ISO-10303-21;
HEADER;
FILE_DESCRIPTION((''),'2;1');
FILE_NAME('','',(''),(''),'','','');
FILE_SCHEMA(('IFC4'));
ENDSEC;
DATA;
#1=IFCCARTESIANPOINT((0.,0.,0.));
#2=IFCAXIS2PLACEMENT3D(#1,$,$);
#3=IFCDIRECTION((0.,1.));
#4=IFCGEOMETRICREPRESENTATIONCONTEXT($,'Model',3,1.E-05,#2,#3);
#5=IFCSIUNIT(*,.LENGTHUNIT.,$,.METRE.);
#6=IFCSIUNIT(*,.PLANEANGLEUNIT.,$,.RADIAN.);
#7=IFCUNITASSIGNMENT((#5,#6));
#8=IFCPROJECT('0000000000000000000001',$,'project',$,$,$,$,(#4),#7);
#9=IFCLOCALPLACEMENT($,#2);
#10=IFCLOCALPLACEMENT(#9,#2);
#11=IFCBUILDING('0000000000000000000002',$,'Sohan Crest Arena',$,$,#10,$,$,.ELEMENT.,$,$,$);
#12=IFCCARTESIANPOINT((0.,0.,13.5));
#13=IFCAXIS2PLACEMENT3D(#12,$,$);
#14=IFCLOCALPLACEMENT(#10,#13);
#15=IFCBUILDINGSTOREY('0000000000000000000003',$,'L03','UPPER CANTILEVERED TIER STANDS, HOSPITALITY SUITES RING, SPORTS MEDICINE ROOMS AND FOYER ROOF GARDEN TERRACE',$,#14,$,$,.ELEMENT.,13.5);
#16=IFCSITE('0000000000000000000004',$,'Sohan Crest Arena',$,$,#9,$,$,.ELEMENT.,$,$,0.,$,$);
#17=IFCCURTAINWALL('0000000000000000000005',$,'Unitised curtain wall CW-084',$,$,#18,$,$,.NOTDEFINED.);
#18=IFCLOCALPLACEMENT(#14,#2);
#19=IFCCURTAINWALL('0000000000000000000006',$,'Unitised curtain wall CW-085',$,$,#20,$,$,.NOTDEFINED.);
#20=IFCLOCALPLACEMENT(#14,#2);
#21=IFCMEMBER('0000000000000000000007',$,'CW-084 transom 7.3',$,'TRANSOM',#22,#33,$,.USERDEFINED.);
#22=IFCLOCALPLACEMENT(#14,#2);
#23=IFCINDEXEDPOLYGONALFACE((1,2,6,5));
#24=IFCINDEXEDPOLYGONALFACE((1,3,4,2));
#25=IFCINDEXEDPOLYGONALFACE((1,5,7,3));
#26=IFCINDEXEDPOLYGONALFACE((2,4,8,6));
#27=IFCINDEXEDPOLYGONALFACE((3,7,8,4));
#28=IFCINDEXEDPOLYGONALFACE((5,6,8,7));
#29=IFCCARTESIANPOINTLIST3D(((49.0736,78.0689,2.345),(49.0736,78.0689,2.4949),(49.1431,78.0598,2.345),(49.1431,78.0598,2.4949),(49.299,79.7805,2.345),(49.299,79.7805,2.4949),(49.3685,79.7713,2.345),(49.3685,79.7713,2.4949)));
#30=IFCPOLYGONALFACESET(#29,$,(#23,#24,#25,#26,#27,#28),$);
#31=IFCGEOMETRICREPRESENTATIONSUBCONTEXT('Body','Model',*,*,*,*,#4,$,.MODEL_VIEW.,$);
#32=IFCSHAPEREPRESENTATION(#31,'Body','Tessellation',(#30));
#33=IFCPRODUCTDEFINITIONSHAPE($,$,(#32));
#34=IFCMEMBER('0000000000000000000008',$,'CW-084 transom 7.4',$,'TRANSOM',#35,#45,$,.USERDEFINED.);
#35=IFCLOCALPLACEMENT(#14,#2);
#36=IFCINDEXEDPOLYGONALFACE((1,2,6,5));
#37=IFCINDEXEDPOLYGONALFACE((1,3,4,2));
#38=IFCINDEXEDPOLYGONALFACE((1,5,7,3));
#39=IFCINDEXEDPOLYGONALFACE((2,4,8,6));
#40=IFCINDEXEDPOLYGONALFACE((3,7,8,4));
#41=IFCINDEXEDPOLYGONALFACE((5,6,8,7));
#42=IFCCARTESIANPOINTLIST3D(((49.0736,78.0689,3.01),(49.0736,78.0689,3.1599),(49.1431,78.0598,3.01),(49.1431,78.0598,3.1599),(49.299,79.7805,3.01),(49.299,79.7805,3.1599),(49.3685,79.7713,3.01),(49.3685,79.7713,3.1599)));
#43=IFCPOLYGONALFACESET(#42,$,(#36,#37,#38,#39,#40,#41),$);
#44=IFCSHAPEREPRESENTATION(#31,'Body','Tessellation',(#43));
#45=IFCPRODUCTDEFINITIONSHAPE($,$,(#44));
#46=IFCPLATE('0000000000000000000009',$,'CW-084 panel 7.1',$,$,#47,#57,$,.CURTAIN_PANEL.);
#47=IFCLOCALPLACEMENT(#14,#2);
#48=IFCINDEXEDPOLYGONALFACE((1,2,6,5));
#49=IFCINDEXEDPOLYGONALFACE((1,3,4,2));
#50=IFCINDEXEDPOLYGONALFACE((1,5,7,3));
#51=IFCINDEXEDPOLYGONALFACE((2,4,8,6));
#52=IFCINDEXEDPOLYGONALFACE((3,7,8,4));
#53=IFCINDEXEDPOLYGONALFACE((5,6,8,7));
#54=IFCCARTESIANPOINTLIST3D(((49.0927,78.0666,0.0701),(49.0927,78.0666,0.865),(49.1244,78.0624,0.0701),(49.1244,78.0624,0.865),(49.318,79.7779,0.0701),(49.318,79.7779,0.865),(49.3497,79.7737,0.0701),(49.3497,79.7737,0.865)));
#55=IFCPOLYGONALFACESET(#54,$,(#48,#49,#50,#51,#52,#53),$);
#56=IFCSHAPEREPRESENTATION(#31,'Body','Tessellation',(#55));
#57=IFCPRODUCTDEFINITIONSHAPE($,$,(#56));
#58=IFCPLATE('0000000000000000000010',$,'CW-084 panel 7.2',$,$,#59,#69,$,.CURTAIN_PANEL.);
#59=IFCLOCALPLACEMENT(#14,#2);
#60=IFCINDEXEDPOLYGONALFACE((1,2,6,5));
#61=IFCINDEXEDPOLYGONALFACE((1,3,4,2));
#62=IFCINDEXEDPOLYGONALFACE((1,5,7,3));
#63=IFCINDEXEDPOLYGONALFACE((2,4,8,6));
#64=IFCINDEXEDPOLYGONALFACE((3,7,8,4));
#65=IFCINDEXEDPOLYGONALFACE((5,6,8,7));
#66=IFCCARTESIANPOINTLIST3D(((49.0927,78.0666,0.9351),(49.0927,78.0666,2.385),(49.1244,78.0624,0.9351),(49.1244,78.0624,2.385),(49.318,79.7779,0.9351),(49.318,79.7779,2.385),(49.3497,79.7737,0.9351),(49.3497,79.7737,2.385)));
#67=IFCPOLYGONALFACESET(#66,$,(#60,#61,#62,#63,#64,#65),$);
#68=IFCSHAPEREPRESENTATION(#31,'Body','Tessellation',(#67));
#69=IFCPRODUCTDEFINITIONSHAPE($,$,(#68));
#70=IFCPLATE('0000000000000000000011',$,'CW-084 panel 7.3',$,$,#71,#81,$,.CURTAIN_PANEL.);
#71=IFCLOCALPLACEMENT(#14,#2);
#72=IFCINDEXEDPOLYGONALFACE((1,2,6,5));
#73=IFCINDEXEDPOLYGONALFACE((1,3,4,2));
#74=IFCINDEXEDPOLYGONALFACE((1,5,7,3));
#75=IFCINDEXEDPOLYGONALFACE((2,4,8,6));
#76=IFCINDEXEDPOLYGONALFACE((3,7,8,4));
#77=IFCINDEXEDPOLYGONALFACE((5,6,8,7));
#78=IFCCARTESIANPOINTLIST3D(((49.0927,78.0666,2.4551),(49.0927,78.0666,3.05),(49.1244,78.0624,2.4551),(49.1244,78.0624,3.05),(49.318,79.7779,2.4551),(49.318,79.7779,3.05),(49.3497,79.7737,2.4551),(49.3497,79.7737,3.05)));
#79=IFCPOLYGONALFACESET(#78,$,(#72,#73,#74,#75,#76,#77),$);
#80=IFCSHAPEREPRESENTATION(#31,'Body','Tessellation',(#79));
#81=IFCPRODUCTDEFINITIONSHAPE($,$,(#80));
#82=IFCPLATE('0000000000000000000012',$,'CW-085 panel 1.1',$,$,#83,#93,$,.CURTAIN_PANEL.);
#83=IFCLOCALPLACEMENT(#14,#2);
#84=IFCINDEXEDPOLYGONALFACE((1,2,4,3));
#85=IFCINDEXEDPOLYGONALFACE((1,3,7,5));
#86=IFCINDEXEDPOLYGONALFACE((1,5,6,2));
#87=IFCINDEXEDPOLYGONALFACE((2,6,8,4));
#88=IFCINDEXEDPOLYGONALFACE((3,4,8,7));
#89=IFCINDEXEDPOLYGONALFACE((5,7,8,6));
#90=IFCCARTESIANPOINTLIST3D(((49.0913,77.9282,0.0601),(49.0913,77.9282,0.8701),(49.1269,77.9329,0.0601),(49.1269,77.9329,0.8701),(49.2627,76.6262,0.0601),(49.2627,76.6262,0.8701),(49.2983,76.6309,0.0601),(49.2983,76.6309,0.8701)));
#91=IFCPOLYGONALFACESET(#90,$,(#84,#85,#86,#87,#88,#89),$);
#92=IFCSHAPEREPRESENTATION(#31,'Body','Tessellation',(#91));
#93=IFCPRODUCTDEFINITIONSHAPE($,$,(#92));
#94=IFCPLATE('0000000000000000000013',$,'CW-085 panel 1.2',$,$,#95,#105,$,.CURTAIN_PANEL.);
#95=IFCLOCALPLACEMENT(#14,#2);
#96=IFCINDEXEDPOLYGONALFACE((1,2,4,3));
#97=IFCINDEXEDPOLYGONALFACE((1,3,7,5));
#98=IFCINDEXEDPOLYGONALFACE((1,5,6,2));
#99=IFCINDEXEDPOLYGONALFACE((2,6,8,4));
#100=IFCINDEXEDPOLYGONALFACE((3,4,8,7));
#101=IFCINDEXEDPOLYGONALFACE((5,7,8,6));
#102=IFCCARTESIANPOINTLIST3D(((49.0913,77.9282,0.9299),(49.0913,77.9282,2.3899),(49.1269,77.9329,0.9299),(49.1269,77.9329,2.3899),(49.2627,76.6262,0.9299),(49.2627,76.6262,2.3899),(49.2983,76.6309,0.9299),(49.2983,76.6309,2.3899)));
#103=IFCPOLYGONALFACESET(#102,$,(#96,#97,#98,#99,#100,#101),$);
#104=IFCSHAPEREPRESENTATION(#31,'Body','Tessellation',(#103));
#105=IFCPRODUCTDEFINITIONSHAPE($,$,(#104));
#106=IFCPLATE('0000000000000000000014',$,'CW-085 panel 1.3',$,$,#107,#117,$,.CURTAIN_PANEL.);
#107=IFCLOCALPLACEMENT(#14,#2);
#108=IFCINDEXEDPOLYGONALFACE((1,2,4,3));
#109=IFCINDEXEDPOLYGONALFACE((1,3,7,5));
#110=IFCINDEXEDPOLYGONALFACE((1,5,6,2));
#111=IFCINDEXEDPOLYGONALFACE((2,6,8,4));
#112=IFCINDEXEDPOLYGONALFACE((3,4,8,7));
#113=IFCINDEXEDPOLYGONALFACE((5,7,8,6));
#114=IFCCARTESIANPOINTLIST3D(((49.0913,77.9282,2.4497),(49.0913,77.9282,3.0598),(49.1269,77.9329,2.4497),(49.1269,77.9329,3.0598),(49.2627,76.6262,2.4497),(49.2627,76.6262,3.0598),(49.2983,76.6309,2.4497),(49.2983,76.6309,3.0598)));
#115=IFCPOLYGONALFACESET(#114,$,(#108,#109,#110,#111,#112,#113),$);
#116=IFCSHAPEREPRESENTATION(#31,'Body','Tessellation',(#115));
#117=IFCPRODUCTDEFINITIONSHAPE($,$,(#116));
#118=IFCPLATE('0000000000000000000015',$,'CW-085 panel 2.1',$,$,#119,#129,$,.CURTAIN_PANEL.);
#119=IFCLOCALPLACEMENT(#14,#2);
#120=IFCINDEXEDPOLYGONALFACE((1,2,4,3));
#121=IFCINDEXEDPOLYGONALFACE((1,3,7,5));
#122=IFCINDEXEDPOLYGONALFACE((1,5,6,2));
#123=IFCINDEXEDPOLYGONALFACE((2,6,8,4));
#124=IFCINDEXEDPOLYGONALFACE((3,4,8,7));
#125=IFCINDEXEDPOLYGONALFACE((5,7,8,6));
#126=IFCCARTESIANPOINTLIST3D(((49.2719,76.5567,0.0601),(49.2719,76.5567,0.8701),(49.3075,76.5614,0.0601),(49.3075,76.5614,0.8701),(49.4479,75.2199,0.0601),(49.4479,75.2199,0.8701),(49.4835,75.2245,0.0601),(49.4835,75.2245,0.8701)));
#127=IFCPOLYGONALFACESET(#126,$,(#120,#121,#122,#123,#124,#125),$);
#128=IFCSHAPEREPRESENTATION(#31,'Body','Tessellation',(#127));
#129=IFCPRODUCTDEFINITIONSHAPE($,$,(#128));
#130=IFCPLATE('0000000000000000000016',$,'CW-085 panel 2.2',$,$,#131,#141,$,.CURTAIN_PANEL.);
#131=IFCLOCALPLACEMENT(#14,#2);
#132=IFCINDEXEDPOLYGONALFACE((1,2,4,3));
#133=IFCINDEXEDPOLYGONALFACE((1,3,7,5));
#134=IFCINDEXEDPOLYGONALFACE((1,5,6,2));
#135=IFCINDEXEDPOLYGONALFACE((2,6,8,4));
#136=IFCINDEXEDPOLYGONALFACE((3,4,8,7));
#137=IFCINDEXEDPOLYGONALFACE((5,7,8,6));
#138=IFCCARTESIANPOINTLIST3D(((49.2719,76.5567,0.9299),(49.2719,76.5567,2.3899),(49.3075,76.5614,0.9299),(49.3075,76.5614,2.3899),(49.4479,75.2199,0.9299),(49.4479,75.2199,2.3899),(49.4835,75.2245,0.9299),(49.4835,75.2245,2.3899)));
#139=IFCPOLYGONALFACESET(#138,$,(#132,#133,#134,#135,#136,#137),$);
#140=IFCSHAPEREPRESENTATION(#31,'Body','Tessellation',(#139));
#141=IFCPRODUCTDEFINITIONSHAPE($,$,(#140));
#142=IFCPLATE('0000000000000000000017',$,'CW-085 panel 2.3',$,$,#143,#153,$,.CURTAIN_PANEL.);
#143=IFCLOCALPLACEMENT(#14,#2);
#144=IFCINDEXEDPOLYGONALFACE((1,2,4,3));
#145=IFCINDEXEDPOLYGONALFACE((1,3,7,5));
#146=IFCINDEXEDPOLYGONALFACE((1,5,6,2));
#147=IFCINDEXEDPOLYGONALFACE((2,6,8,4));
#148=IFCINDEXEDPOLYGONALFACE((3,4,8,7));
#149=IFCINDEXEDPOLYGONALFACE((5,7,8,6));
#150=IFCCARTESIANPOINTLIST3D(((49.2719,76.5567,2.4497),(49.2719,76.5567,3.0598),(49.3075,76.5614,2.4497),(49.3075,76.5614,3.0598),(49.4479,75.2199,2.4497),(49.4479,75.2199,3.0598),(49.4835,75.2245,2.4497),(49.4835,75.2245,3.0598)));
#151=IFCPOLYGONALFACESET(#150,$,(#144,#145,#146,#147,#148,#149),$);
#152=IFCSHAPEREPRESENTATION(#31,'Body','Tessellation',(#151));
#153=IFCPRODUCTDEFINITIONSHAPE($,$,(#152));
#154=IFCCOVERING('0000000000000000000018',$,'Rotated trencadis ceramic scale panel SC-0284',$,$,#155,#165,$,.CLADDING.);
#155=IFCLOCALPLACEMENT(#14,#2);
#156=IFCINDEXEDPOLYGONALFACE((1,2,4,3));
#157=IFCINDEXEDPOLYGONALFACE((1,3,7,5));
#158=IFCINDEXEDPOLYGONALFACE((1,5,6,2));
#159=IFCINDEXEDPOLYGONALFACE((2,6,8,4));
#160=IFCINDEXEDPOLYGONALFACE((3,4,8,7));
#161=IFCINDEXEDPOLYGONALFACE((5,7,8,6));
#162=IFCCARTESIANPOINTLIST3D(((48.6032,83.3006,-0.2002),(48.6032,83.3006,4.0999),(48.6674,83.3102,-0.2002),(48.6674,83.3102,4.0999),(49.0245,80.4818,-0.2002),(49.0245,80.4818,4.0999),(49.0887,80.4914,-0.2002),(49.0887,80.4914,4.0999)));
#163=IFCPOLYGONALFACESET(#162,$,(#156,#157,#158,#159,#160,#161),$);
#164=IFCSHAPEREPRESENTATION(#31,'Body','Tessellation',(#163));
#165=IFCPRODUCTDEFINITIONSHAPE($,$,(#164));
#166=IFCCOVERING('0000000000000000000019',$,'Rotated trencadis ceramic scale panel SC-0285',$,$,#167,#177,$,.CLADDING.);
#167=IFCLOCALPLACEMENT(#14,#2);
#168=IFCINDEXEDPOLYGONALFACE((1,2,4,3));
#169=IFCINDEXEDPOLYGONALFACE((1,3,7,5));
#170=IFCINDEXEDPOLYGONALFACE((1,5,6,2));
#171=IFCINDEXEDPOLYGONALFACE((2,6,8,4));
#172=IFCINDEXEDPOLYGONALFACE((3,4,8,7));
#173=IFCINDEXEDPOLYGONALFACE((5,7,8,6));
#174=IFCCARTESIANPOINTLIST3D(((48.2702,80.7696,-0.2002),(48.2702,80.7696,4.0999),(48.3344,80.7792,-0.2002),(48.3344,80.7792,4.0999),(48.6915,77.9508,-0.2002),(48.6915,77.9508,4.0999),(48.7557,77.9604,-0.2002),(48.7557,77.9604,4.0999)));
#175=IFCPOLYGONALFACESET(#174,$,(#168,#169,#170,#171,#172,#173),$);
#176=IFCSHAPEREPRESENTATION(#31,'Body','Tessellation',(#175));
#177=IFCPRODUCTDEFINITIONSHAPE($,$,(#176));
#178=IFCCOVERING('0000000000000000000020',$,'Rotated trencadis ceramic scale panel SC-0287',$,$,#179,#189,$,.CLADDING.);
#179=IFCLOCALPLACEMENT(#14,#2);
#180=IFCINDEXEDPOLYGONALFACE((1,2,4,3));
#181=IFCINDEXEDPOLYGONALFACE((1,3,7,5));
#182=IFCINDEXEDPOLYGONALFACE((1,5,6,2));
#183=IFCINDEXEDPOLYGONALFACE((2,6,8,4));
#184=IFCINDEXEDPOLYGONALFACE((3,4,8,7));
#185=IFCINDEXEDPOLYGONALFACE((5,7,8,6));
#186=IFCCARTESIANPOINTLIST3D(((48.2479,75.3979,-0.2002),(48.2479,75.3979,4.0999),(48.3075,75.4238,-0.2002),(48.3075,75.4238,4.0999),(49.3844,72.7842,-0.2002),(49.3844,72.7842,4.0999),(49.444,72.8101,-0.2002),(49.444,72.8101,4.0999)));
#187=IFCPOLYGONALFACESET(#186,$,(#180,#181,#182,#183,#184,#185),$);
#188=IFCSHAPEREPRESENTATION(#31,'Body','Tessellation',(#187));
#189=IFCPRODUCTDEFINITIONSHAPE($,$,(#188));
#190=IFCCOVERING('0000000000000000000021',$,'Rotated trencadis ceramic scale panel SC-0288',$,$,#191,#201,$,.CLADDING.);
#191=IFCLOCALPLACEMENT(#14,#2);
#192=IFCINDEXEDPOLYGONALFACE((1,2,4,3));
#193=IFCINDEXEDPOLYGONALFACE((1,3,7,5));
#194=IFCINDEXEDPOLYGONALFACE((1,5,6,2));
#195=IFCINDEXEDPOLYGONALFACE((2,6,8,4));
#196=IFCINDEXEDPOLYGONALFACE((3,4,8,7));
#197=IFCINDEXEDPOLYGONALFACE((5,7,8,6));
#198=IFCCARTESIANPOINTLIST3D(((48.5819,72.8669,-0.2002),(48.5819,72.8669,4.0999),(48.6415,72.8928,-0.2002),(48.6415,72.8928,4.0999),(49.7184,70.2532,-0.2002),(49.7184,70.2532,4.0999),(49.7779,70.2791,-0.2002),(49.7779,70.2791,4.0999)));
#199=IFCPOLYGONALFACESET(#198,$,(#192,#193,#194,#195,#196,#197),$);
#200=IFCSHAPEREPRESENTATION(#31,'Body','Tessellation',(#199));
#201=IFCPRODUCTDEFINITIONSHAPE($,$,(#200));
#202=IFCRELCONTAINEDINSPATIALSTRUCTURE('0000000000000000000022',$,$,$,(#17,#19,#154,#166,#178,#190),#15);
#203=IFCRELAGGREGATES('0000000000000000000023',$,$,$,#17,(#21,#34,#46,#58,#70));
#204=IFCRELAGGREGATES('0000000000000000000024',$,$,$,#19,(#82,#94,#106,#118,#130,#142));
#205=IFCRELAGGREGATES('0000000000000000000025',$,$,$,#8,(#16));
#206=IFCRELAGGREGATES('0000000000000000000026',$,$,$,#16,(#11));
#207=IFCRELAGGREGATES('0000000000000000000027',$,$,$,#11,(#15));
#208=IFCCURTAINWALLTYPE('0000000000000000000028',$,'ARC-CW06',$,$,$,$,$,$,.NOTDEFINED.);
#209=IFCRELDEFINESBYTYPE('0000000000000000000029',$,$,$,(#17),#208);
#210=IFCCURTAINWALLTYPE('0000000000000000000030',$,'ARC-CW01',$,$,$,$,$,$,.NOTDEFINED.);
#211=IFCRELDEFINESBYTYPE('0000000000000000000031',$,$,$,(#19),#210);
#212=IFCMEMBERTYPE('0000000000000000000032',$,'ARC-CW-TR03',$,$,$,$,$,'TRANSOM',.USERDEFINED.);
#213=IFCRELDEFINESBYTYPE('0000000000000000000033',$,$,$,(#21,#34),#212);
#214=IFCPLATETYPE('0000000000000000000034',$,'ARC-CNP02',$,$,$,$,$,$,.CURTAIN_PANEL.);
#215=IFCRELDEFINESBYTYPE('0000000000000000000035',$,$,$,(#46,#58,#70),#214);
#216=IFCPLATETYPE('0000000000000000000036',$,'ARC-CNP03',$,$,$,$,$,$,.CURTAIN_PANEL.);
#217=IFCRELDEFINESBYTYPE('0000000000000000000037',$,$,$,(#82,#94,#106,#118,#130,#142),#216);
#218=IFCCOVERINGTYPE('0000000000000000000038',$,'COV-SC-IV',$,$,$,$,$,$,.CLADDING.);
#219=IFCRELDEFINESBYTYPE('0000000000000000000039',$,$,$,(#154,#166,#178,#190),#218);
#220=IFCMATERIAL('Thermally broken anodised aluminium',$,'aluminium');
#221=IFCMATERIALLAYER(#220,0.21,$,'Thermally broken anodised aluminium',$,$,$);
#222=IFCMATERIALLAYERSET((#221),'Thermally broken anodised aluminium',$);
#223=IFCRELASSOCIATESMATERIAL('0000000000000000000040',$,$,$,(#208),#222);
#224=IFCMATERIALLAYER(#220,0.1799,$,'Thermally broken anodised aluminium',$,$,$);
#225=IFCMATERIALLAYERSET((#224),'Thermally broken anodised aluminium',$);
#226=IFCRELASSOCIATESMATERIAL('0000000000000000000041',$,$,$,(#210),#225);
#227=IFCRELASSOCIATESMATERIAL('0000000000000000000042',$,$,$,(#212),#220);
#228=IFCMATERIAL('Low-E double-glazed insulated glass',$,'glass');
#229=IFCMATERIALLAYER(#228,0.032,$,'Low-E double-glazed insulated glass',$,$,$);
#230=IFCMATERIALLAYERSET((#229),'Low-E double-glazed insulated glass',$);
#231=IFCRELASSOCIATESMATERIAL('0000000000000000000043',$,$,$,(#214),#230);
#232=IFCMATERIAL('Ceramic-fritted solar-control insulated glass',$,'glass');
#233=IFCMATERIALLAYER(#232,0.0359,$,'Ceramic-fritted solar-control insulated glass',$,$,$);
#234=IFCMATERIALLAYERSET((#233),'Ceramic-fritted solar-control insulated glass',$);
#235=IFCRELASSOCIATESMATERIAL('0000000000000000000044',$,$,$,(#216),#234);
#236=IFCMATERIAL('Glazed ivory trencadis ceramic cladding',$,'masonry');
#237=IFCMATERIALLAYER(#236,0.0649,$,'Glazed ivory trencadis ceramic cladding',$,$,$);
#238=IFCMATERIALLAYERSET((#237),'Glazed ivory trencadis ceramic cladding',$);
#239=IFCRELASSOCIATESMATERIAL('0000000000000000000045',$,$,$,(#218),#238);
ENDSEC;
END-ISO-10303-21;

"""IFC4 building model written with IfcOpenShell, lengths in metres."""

from ifc_helpers import new_model, si_unit, direction, frame, origin, origin_2d, place, context, subcontext, project, spatial, rectangle, extrude, material, layer, layer_set, material_profile, profile_set, type_object, element, aggregate, save


model = new_model("IFC4")

# Units and contexts
model_context = context("Model", 3, precision=1e-05, world=origin(), true_north=direction((0.0, 1.0)))
body_context = subcontext(model_context, "Body", "Model", "MODEL_VIEW")
ifc_project = project(units=[si_unit("LENGTHUNIT", "METRE"), si_unit("PLANEANGLEUNIT", "RADIAN")], contexts=[model_context])

# Site, building, storey
site_placement = place(None, origin())
site = spatial("IfcSite", under=ifc_project, at=site_placement, Name="Sohan Crest Arena", CompositionType="ELEMENT", RefElevation=0.0)
building_placement = place(site_placement, origin())
building = spatial("IfcBuilding", under=site, at=building_placement, Name="Sohan Crest Arena", CompositionType="ELEMENT")
storey_placement = place(building_placement, frame((0.0, 0.0, 13.5)))
storey = spatial("IfcBuildingStorey", under=building, at=storey_placement, Name="L03", Description="UPPER CANTILEVERED TIER STANDS, HOSPITALITY SUITES RING, SPORTS MEDICINE ROOMS AND FOYER ROOF GARDEN TERRACE", CompositionType="ELEMENT", Elevation=13.5)

# Curtain walls
ifc_material_1 = material(Name="Thermally broken anodised aluminium", Category="aluminium")
ifc_layer_1 = layer(ifc_material_1, 0.21, Name="Thermally broken anodised aluminium")
ifc_layer_set_1 = layer_set([ifc_layer_1], Name="Thermally broken anodised aluminium")
curtain_wall_type_1 = type_object("IfcCurtainWallType", Name="ARC-CW06", PredefinedType="NOTDEFINED", material=ifc_layer_set_1)
curtain_wall_1_placement = place(storey_placement, origin())
curtain_wall_1 = element("IfcCurtainWall", 1, at=curtain_wall_1_placement, inside=storey, type_object=curtain_wall_type_1, Name="Unitised curtain wall CW-084", PredefinedType="NOTDEFINED")
ifc_layer_2 = layer(ifc_material_1, 0.1799, Name="Thermally broken anodised aluminium")
ifc_layer_set_2 = layer_set([ifc_layer_2], Name="Thermally broken anodised aluminium")
curtain_wall_type_2 = type_object("IfcCurtainWallType", Name="ARC-CW01", PredefinedType="NOTDEFINED", material=ifc_layer_set_2)
curtain_wall_2_placement = place(storey_placement, origin())
curtain_wall_2 = element("IfcCurtainWall", 2, at=curtain_wall_2_placement, inside=storey, type_object=curtain_wall_type_2, Name="Unitised curtain wall CW-085", PredefinedType="NOTDEFINED")

# Members
ifc_material_profile_1 = material_profile(ifc_material_1, rectangle(XDim=0.0701, YDim=0.1499, at=origin_2d()), Name="ALU-TRAN 70x150")
ifc_profile_set_1 = profile_set([ifc_material_profile_1], Name="Thermally broken anodised aluminium")
member_type_1 = type_object("IfcMemberType", Name="ARC-CW-TR03", ElementType="TRANSOM", PredefinedType="USERDEFINED", material=ifc_profile_set_1)
member_1_placement = place(storey_placement, frame((49.3337, 79.7759, 2.4199), z_axis=(-0.130542, -0.991443, 0.0), x_axis=(0.991443, -0.130542, 0.0)))
member_1 = element("IfcMember", 3, at=member_1_placement, type_object=member_type_1, Name="CW-084 transom 7.3", ObjectType="TRANSOM", PredefinedType="USERDEFINED", context=body_context, shape_type="SweptSolid", body=[
    extrude(rectangle(XDim=0.0701, YDim=0.1499, at=origin_2d()), origin(), (0.0, 0.0, 1.0), 1.7263),
])
member_2_placement = place(storey_placement, frame((49.3337, 79.7759, 3.085), z_axis=(-0.130542, -0.991443, 0.0), x_axis=(0.991443, -0.130542, 0.0)))
member_2 = element("IfcMember", 4, at=member_2_placement, type_object=member_type_1, Name="CW-084 transom 7.4", ObjectType="TRANSOM", PredefinedType="USERDEFINED", context=body_context, shape_type="SweptSolid", body=[
    extrude(rectangle(XDim=0.0701, YDim=0.1499, at=origin_2d()), origin(), (0.0, 0.0, 1.0), 1.7263),
])

# Plates
ifc_material_2 = material(Name="Low-E double-glazed insulated glass", Category="glass")
ifc_layer_3 = layer(ifc_material_2, 0.032, Name="Low-E double-glazed insulated glass")
ifc_layer_set_3 = layer_set([ifc_layer_3], Name="Low-E double-glazed insulated glass")
plate_type_1 = type_object("IfcPlateType", Name="ARC-CNP02", PredefinedType="CURTAIN_PANEL", material=ifc_layer_set_3)
plate_1_placement = place(storey_placement, frame((49.2212, 78.9202, 0.0701), z_axis=(0.0, 0.0, 1.0), x_axis=(-0.130511, -0.991447, 0.0)))
plate_1 = element("IfcPlate", 5, at=plate_1_placement, type_object=plate_type_1, Name="CW-084 panel 7.1", PredefinedType="CURTAIN_PANEL", context=body_context, shape_type="SweptSolid", body=[
    extrude(rectangle(XDim=1.7261, YDim=0.032, at=origin_2d()), origin(), (0.0, 0.0, 1.0), 0.7949),
])
plate_2_placement = place(storey_placement, frame((49.2212, 78.9202, 0.9351), z_axis=(0.0, 0.0, 1.0), x_axis=(-0.130511, -0.991447, 0.0)))
plate_2 = element("IfcPlate", 6, at=plate_2_placement, type_object=plate_type_1, Name="CW-084 panel 7.2", PredefinedType="CURTAIN_PANEL", context=body_context, shape_type="SweptSolid", body=[
    extrude(rectangle(XDim=1.7261, YDim=0.032, at=origin_2d()), origin(), (0.0, 0.0, 1.0), 1.45),
])
plate_3_placement = place(storey_placement, frame((49.2212, 78.9202, 2.4551), z_axis=(0.0, 0.0, 1.0), x_axis=(-0.130511, -0.991447, 0.0)))
plate_3 = element("IfcPlate", 7, at=plate_3_placement, type_object=plate_type_1, Name="CW-084 panel 7.3", PredefinedType="CURTAIN_PANEL", context=body_context, shape_type="SweptSolid", body=[
    extrude(rectangle(XDim=1.7261, YDim=0.032, at=origin_2d()), origin(), (0.0, 0.0, 1.0), 0.595),
])
aggregate(curtain_wall_1, [member_1, member_2, plate_1, plate_2, plate_3])
ifc_material_3 = material(Name="Ceramic-fritted solar-control insulated glass", Category="glass")
ifc_layer_4 = layer(ifc_material_3, 0.0359, Name="Ceramic-fritted solar-control insulated glass")
ifc_layer_set_4 = layer_set([ifc_layer_4], Name="Ceramic-fritted solar-control insulated glass")
plate_type_2 = type_object("IfcPlateType", Name="ARC-CNP03", PredefinedType="CURTAIN_PANEL", material=ifc_layer_set_4)
plate_4_placement = place(storey_placement, frame((49.1948, 77.2795, 0.0601), z_axis=(0.0, 0.0, 1.0), x_axis=(0.130511, -0.991447, 0.0)))
plate_4 = element("IfcPlate", 8, at=plate_4_placement, type_object=plate_type_2, Name="CW-085 panel 1.1", PredefinedType="CURTAIN_PANEL", context=body_context, shape_type="SweptSolid", body=[
    extrude(rectangle(XDim=1.3132, YDim=0.0359, at=origin_2d()), origin(), (0.0, 0.0, 1.0), 0.8101),
])
plate_5_placement = place(storey_placement, frame((49.1948, 77.2795, 0.9299), z_axis=(0.0, 0.0, 1.0), x_axis=(0.130511, -0.991447, 0.0)))
plate_5 = element("IfcPlate", 9, at=plate_5_placement, type_object=plate_type_2, Name="CW-085 panel 1.2", PredefinedType="CURTAIN_PANEL", context=body_context, shape_type="SweptSolid", body=[
    extrude(rectangle(XDim=1.3132, YDim=0.0359, at=origin_2d()), origin(), (0.0, 0.0, 1.0), 1.46),
])
plate_6_placement = place(storey_placement, frame((49.1948, 77.2795, 2.4497), z_axis=(0.0, 0.0, 1.0), x_axis=(0.130511, -0.991447, 0.0)))
plate_6 = element("IfcPlate", 10, at=plate_6_placement, type_object=plate_type_2, Name="CW-085 panel 1.3", PredefinedType="CURTAIN_PANEL", context=body_context, shape_type="SweptSolid", body=[
    extrude(rectangle(XDim=1.3132, YDim=0.0359, at=origin_2d()), origin(), (0.0, 0.0, 1.0), 0.6101),
])
plate_7_placement = place(storey_placement, frame((49.3777, 75.8906, 0.0601), z_axis=(0.0, 0.0, 1.0), x_axis=(0.130511, -0.991447, 0.0)))
plate_7 = element("IfcPlate", 11, at=plate_7_placement, type_object=plate_type_2, Name="CW-085 panel 2.1", PredefinedType="CURTAIN_PANEL", context=body_context, shape_type="SweptSolid", body=[
    extrude(rectangle(XDim=1.3484, YDim=0.0359, at=origin_2d()), origin(), (0.0, 0.0, 1.0), 0.8101),
])
plate_8_placement = place(storey_placement, frame((49.3777, 75.8906, 0.9299), z_axis=(0.0, 0.0, 1.0), x_axis=(0.130511, -0.991447, 0.0)))
plate_8 = element("IfcPlate", 12, at=plate_8_placement, type_object=plate_type_2, Name="CW-085 panel 2.2", PredefinedType="CURTAIN_PANEL", context=body_context, shape_type="SweptSolid", body=[
    extrude(rectangle(XDim=1.3484, YDim=0.0359, at=origin_2d()), origin(), (0.0, 0.0, 1.0), 1.46),
])
plate_9_placement = place(storey_placement, frame((49.3777, 75.8906, 2.4497), z_axis=(0.0, 0.0, 1.0), x_axis=(0.130511, -0.991447, 0.0)))
plate_9 = element("IfcPlate", 13, at=plate_9_placement, type_object=plate_type_2, Name="CW-085 panel 2.3", PredefinedType="CURTAIN_PANEL", context=body_context, shape_type="SweptSolid", body=[
    extrude(rectangle(XDim=1.3484, YDim=0.0359, at=origin_2d()), origin(), (0.0, 0.0, 1.0), 0.6101),
])
aggregate(curtain_wall_2, [plate_4, plate_5, plate_6, plate_7, plate_8, plate_9])

# Coverings
ifc_material_4 = material(Name="Glazed ivory trencadis ceramic cladding", Category="masonry")
ifc_layer_5 = layer(ifc_material_4, 0.0649, Name="Glazed ivory trencadis ceramic cladding")
ifc_layer_set_5 = layer_set([ifc_layer_5], Name="Glazed ivory trencadis ceramic cladding")
covering_type = type_object("IfcCoveringType", Name="COV-SC-IV", PredefinedType="CLADDING", material=ifc_layer_set_5)
for number, where, z_axis, x_axis, name in (
    (14, (48.8459, 81.896, -0.2002), (0.0, 0.0, 1.0), (0.147809, -0.989016, 0.0), "Rotated trencadis ceramic scale panel SC-0284"),
    (15, (48.5129, 79.365, -0.2002), (0.0, 0.0, 1.0), (0.147809, -0.989016, 0.0), "Rotated trencadis ceramic scale panel SC-0285"),
    (16, (48.8459, 74.104, -0.2002), (0.0, 0.0, 1.0), (0.398749, -0.91706, 0.0), "Rotated trencadis ceramic scale panel SC-0287"),
    (17, (49.1799, 71.573, -0.2002), (0.0, 0.0, 1.0), (0.398749, -0.91706, 0.0), "Rotated trencadis ceramic scale panel SC-0288"),
):
    element("IfcCovering", number, at=place(storey_placement, frame(where, z_axis=z_axis, x_axis=x_axis)), inside=storey, type_object=covering_type, Name=name, PredefinedType="CLADDING", context=body_context, shape_type="SweptSolid", body=[
        extrude(rectangle(XDim=2.8501, YDim=0.0649, at=origin_2d()), origin(), (0.0, 0.0, 1.0), 4.3),
    ])

save(model, "model.ifc")
